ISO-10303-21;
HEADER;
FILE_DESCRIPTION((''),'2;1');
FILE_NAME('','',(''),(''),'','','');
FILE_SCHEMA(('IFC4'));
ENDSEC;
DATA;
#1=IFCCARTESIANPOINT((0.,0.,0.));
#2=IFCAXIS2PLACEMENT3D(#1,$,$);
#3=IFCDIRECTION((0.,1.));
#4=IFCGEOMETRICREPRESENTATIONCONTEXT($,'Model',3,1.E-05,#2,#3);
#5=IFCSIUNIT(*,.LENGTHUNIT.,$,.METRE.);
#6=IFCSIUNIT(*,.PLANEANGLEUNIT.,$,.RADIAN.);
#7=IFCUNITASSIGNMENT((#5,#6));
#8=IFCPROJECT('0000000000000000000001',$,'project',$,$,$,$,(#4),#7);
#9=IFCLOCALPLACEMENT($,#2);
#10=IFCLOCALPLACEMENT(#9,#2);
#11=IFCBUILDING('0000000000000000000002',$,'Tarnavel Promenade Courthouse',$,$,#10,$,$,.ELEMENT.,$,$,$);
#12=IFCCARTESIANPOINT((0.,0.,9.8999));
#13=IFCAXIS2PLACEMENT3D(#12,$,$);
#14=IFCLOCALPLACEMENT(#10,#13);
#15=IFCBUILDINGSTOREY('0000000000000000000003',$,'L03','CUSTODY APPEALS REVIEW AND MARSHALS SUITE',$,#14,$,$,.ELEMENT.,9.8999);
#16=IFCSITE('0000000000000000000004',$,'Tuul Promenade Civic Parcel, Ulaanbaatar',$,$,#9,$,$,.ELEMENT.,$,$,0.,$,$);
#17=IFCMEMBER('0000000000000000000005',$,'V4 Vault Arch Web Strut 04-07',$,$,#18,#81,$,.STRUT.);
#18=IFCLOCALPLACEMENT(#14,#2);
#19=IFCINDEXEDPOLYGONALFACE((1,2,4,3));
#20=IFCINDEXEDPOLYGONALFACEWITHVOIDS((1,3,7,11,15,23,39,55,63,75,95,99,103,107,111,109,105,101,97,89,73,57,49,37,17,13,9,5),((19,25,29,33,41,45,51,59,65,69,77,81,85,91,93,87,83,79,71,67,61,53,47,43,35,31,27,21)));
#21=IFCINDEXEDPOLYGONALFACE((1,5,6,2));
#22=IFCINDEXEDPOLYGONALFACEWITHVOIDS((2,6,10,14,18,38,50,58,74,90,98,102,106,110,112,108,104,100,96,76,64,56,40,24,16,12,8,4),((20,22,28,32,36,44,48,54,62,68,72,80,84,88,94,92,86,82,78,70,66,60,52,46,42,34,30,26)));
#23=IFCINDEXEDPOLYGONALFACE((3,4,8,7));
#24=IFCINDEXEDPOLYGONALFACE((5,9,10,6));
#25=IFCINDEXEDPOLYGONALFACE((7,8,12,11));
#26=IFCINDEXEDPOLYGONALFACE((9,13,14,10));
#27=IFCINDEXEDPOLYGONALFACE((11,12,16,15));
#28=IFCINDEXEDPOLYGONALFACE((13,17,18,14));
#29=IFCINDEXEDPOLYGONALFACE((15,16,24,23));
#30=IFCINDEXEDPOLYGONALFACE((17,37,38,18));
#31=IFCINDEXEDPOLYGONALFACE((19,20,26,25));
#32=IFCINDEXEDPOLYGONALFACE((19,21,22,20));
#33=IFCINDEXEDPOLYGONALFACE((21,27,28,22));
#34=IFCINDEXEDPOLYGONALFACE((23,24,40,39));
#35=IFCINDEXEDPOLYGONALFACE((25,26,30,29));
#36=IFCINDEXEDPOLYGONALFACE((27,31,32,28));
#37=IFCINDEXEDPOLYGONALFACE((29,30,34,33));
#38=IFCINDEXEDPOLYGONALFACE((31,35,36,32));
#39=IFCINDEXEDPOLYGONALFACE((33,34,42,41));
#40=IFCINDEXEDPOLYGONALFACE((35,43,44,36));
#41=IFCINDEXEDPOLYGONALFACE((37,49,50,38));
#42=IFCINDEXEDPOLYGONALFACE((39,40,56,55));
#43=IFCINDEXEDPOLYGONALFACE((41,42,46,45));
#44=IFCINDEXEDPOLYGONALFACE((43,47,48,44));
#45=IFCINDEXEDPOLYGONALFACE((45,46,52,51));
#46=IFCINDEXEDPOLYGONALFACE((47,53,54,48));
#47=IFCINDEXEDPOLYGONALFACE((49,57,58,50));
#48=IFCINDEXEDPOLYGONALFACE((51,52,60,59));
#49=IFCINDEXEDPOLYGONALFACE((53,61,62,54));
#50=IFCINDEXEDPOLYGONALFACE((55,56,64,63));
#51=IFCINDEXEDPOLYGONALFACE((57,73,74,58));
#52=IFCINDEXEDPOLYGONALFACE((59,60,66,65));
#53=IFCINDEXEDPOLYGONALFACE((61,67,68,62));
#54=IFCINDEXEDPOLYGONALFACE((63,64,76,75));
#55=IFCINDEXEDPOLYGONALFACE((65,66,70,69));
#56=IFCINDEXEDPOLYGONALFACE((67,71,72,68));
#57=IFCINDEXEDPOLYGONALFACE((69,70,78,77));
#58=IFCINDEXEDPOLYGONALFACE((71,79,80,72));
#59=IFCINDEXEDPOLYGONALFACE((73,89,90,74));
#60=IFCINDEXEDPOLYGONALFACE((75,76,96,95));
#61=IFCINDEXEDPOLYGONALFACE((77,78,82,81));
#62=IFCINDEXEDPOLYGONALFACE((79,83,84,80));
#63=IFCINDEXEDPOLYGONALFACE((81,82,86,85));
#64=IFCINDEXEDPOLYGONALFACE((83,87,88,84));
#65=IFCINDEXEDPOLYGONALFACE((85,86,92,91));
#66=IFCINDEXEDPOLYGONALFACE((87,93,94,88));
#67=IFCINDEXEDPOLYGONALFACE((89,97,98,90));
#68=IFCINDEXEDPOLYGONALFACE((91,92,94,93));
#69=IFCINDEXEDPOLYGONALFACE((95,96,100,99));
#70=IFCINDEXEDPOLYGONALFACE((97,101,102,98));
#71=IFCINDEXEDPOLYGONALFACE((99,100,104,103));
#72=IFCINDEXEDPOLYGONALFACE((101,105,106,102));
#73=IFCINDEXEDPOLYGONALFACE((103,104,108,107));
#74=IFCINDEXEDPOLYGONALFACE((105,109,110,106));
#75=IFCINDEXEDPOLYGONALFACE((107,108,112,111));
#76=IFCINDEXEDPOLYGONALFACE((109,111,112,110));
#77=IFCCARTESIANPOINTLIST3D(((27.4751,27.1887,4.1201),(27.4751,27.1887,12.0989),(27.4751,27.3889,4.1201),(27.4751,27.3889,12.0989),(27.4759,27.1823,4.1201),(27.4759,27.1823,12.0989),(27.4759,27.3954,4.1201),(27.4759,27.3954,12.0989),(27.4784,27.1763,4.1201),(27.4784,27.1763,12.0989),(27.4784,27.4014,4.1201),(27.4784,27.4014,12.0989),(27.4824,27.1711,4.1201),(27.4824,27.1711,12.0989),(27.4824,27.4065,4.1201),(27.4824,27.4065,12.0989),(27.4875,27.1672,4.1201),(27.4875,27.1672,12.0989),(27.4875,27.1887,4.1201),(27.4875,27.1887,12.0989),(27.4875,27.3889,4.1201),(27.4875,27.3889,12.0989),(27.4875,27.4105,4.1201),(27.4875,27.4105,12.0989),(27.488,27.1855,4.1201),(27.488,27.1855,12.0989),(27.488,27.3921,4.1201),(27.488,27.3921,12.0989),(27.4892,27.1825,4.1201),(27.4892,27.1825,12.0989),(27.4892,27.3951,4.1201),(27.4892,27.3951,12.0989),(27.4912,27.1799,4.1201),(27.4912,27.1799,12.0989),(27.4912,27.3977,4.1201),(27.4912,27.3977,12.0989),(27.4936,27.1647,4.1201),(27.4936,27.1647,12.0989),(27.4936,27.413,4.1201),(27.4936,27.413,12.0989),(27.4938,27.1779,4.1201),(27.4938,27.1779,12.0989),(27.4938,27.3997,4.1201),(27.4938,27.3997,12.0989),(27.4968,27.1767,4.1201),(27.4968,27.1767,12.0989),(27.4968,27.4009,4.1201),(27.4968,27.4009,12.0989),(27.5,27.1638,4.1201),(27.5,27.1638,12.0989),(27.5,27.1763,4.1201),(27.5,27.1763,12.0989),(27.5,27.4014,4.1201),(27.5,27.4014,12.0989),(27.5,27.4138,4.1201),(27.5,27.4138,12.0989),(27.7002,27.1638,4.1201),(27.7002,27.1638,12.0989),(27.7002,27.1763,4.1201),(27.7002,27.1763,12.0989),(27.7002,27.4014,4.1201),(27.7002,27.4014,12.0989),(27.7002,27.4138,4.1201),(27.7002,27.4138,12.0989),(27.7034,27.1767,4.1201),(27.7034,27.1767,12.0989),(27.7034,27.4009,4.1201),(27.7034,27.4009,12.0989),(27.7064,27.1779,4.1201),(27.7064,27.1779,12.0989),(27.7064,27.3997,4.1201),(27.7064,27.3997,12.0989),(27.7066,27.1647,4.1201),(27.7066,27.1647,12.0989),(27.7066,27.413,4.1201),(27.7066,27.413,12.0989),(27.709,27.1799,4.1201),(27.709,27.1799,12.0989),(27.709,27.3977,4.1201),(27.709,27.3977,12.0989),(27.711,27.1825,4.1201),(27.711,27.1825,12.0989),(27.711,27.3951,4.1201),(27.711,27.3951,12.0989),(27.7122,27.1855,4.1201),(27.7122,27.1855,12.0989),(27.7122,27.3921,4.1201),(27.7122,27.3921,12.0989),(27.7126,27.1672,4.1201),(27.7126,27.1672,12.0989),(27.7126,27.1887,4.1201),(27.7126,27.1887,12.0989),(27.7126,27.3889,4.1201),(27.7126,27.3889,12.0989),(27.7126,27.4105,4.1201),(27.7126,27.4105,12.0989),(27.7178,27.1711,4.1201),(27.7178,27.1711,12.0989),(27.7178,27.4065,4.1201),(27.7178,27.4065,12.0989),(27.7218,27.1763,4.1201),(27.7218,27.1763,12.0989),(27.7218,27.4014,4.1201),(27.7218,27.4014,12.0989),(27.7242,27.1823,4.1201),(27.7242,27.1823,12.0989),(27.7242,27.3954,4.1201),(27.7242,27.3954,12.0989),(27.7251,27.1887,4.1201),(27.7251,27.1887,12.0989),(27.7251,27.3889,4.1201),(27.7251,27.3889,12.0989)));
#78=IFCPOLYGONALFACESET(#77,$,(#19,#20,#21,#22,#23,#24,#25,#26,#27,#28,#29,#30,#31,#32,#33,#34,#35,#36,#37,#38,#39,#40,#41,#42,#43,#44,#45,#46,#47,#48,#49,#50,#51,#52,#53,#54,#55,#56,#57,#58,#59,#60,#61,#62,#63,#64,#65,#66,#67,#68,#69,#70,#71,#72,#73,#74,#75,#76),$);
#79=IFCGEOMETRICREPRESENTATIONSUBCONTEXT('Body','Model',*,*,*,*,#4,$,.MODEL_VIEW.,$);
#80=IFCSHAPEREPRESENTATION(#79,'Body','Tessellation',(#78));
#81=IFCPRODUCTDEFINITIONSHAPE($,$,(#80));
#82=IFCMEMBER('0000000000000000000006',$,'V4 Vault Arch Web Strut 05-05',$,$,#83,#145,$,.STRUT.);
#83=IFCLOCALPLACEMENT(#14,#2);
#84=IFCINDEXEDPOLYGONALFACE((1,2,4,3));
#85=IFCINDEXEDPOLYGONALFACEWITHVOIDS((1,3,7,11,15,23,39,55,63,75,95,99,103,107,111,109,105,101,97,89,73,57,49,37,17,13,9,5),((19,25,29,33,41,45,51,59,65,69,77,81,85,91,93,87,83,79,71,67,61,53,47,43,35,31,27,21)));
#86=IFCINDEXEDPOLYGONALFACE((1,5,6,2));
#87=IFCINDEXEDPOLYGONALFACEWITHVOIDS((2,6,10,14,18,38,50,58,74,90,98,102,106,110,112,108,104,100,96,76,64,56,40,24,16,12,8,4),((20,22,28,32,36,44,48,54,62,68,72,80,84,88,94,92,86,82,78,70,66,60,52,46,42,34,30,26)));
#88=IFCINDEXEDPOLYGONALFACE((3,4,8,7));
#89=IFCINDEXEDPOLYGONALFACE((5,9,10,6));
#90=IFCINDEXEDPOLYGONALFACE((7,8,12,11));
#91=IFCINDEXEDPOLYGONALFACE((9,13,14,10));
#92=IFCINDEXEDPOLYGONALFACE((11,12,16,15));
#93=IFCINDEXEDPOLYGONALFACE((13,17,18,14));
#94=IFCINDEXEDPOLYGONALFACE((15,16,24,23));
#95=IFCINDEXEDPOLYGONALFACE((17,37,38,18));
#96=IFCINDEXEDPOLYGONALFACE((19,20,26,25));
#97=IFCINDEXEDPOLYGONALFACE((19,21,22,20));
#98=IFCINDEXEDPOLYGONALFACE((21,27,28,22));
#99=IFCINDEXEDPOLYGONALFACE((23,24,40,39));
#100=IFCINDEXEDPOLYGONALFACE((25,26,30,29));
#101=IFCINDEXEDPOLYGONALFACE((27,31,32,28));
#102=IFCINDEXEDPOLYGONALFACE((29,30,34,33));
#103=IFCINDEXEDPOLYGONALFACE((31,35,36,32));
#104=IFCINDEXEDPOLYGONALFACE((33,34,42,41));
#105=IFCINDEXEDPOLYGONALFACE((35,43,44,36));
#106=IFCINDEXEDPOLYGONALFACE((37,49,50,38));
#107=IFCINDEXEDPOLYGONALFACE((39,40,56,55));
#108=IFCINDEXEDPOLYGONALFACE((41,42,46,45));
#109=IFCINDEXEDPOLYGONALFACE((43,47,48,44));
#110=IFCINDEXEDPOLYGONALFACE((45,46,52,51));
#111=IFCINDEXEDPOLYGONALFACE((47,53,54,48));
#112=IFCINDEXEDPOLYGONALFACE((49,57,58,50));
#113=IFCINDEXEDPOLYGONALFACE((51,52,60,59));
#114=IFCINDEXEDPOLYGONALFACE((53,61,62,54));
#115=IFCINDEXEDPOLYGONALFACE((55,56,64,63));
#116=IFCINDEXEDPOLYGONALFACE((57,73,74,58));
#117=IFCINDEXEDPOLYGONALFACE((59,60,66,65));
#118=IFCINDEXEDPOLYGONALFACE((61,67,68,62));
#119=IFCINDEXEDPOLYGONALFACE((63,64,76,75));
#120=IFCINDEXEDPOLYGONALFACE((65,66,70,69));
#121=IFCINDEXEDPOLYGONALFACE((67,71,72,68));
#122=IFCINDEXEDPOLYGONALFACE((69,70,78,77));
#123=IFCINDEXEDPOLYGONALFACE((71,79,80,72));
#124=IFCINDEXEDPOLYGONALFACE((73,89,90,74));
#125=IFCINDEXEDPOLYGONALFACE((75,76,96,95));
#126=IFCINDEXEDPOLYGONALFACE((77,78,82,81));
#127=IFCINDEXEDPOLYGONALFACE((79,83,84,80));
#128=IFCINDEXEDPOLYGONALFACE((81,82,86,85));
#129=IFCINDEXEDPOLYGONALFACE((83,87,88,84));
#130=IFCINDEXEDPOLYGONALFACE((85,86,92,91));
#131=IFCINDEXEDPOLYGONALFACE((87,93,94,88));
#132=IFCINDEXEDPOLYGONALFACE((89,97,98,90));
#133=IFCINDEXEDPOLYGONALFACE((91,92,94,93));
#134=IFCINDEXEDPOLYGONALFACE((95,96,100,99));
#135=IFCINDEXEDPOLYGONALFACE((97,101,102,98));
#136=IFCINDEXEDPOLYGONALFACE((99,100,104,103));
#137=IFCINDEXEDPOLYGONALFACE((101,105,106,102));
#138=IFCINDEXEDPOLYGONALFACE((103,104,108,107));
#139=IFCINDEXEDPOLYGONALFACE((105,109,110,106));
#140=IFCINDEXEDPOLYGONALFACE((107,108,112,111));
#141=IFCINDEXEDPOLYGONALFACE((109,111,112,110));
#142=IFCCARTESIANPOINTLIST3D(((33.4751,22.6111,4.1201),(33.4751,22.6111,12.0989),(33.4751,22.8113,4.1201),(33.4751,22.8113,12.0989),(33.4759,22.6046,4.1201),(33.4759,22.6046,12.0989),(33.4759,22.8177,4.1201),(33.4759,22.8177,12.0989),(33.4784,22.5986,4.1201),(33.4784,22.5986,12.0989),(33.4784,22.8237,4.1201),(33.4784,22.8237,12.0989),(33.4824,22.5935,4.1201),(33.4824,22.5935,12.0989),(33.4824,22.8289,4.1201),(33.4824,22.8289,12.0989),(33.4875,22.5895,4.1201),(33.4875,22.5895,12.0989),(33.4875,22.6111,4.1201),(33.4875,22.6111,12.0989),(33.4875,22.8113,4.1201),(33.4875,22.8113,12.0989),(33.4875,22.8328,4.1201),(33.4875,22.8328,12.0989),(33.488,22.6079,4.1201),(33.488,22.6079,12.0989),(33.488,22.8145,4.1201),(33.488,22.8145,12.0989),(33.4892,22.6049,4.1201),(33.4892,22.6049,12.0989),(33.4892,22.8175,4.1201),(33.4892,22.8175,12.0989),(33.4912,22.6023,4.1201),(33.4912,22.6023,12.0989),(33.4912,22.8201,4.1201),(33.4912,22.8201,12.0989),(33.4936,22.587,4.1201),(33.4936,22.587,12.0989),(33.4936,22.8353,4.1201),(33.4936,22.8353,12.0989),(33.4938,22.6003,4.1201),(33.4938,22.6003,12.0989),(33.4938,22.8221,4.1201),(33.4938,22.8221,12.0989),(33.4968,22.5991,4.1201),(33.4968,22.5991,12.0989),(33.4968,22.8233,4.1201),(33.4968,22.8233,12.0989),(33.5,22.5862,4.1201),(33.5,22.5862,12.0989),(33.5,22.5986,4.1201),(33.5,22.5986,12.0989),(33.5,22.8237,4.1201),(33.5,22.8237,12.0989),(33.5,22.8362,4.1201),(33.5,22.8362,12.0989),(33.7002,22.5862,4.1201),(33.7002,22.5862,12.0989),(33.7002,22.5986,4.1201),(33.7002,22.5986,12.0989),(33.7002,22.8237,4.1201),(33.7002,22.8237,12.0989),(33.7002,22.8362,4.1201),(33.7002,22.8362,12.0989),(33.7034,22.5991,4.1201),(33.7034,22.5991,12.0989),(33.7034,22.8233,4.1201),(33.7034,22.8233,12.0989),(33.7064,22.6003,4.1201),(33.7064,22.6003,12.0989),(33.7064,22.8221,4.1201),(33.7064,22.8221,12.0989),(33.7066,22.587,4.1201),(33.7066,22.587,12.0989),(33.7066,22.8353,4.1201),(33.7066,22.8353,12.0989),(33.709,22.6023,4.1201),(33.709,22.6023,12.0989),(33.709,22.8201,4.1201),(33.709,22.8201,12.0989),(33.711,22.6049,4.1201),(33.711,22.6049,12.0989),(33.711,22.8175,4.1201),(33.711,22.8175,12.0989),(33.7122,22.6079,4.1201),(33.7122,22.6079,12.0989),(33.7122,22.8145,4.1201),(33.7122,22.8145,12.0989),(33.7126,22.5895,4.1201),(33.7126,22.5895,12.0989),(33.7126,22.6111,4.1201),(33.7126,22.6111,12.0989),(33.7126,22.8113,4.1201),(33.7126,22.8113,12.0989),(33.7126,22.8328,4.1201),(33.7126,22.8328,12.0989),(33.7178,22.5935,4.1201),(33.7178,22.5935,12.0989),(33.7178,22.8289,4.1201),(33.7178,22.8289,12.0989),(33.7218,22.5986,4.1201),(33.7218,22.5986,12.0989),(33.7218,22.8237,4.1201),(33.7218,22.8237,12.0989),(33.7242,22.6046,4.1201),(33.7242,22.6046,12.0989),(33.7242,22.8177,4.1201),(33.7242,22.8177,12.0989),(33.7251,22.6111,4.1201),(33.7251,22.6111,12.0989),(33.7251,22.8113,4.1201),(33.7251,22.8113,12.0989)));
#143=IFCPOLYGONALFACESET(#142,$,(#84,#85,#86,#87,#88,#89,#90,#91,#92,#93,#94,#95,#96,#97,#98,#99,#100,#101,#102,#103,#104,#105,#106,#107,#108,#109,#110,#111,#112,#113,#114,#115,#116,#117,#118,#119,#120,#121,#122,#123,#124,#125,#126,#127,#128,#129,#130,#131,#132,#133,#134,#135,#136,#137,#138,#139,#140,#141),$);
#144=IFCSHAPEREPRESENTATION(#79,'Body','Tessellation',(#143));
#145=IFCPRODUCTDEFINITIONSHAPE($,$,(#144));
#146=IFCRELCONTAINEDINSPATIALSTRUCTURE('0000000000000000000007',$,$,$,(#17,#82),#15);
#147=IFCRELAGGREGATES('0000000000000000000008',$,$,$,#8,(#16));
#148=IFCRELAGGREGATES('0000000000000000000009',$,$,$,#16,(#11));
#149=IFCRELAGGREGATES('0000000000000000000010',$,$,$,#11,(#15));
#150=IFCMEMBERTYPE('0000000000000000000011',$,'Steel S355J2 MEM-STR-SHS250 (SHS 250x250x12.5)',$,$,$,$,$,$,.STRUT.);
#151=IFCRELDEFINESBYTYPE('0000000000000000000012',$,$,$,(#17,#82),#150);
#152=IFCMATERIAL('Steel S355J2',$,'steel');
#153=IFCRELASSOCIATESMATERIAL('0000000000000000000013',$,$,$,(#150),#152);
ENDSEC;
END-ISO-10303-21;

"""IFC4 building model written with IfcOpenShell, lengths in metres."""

from ifc_helpers import new_model, si_unit, direction, frame, origin, origin_2d, place, context, subcontext, project, spatial, hollow_rectangle, extrude, material, material_profile, profile_set, type_object, element, save


model = new_model("IFC4")

# Units and contexts
model_context = context("Model", 3, precision=1e-05, world=origin(), true_north=direction((0.0, 1.0)))
body_context = subcontext(model_context, "Body", "Model", "MODEL_VIEW")
ifc_project = project(units=[si_unit("LENGTHUNIT", "METRE"), si_unit("PLANEANGLEUNIT", "RADIAN")], contexts=[model_context])

# Site, building, storey
site_placement = place(None, origin())
site = spatial("IfcSite", under=ifc_project, at=site_placement, Name="Tuul Promenade Civic Parcel, Ulaanbaatar", CompositionType="ELEMENT", RefElevation=0.0)
building_placement = place(site_placement, origin())
building = spatial("IfcBuilding", under=site, at=building_placement, Name="Tarnavel Promenade Courthouse", CompositionType="ELEMENT")
storey_placement = place(building_placement, frame((0.0, 0.0, 9.8999)))
storey = spatial("IfcBuildingStorey", under=building, at=storey_placement, Name="L03", Description="CUSTODY APPEALS REVIEW AND MARSHALS SUITE", CompositionType="ELEMENT", Elevation=9.8999)

# Shared definitions
ifc_material = material(Name="Steel S355J2", Category="steel")

# Members
ifc_material_profile_1 = material_profile(ifc_material, hollow_rectangle(XDim=0.25, YDim=0.25, WallThickness=0.0125, InnerFilletRadius=0.0125, OuterFilletRadius=0.0249, at=origin_2d()), Name="SHS 250x250x12.5")
ifc_profile_set_1 = profile_set([ifc_material_profile_1], Name="Steel S355J2")
member_type = type_object("IfcMemberType", Name="Steel S355J2 MEM-STR-SHS250 (SHS 250x250x12.5)", PredefinedType="STRUT", material=ifc_profile_set_1)
for number, where, z_axis, x_axis, name in (
    (1, (27.6001, 27.2888, 4.1201), (0.0, 0.0, 1.0), (1.0, 0.0, 0.0), "V4 Vault Arch Web Strut 04-07"),
    (2, (33.6001, 22.7112, 4.1201), (0.0, 0.0, 1.0), (1.0, 0.0, 0.0), "V4 Vault Arch Web Strut 05-05"),
):
    element("IfcMember", number, at=place(storey_placement, frame(where, z_axis=z_axis, x_axis=x_axis)), inside=storey, type_object=member_type, Name=name, PredefinedType="STRUT", context=body_context, shape_type="SweptSolid", body=[
        extrude(hollow_rectangle(XDim=0.25, YDim=0.25, WallThickness=0.0125, InnerFilletRadius=0.0125, OuterFilletRadius=0.0249, at=origin_2d()), origin(), (0.0, 0.0, 1.0), 7.9788),
    ])

save(model, "model.ifc")
